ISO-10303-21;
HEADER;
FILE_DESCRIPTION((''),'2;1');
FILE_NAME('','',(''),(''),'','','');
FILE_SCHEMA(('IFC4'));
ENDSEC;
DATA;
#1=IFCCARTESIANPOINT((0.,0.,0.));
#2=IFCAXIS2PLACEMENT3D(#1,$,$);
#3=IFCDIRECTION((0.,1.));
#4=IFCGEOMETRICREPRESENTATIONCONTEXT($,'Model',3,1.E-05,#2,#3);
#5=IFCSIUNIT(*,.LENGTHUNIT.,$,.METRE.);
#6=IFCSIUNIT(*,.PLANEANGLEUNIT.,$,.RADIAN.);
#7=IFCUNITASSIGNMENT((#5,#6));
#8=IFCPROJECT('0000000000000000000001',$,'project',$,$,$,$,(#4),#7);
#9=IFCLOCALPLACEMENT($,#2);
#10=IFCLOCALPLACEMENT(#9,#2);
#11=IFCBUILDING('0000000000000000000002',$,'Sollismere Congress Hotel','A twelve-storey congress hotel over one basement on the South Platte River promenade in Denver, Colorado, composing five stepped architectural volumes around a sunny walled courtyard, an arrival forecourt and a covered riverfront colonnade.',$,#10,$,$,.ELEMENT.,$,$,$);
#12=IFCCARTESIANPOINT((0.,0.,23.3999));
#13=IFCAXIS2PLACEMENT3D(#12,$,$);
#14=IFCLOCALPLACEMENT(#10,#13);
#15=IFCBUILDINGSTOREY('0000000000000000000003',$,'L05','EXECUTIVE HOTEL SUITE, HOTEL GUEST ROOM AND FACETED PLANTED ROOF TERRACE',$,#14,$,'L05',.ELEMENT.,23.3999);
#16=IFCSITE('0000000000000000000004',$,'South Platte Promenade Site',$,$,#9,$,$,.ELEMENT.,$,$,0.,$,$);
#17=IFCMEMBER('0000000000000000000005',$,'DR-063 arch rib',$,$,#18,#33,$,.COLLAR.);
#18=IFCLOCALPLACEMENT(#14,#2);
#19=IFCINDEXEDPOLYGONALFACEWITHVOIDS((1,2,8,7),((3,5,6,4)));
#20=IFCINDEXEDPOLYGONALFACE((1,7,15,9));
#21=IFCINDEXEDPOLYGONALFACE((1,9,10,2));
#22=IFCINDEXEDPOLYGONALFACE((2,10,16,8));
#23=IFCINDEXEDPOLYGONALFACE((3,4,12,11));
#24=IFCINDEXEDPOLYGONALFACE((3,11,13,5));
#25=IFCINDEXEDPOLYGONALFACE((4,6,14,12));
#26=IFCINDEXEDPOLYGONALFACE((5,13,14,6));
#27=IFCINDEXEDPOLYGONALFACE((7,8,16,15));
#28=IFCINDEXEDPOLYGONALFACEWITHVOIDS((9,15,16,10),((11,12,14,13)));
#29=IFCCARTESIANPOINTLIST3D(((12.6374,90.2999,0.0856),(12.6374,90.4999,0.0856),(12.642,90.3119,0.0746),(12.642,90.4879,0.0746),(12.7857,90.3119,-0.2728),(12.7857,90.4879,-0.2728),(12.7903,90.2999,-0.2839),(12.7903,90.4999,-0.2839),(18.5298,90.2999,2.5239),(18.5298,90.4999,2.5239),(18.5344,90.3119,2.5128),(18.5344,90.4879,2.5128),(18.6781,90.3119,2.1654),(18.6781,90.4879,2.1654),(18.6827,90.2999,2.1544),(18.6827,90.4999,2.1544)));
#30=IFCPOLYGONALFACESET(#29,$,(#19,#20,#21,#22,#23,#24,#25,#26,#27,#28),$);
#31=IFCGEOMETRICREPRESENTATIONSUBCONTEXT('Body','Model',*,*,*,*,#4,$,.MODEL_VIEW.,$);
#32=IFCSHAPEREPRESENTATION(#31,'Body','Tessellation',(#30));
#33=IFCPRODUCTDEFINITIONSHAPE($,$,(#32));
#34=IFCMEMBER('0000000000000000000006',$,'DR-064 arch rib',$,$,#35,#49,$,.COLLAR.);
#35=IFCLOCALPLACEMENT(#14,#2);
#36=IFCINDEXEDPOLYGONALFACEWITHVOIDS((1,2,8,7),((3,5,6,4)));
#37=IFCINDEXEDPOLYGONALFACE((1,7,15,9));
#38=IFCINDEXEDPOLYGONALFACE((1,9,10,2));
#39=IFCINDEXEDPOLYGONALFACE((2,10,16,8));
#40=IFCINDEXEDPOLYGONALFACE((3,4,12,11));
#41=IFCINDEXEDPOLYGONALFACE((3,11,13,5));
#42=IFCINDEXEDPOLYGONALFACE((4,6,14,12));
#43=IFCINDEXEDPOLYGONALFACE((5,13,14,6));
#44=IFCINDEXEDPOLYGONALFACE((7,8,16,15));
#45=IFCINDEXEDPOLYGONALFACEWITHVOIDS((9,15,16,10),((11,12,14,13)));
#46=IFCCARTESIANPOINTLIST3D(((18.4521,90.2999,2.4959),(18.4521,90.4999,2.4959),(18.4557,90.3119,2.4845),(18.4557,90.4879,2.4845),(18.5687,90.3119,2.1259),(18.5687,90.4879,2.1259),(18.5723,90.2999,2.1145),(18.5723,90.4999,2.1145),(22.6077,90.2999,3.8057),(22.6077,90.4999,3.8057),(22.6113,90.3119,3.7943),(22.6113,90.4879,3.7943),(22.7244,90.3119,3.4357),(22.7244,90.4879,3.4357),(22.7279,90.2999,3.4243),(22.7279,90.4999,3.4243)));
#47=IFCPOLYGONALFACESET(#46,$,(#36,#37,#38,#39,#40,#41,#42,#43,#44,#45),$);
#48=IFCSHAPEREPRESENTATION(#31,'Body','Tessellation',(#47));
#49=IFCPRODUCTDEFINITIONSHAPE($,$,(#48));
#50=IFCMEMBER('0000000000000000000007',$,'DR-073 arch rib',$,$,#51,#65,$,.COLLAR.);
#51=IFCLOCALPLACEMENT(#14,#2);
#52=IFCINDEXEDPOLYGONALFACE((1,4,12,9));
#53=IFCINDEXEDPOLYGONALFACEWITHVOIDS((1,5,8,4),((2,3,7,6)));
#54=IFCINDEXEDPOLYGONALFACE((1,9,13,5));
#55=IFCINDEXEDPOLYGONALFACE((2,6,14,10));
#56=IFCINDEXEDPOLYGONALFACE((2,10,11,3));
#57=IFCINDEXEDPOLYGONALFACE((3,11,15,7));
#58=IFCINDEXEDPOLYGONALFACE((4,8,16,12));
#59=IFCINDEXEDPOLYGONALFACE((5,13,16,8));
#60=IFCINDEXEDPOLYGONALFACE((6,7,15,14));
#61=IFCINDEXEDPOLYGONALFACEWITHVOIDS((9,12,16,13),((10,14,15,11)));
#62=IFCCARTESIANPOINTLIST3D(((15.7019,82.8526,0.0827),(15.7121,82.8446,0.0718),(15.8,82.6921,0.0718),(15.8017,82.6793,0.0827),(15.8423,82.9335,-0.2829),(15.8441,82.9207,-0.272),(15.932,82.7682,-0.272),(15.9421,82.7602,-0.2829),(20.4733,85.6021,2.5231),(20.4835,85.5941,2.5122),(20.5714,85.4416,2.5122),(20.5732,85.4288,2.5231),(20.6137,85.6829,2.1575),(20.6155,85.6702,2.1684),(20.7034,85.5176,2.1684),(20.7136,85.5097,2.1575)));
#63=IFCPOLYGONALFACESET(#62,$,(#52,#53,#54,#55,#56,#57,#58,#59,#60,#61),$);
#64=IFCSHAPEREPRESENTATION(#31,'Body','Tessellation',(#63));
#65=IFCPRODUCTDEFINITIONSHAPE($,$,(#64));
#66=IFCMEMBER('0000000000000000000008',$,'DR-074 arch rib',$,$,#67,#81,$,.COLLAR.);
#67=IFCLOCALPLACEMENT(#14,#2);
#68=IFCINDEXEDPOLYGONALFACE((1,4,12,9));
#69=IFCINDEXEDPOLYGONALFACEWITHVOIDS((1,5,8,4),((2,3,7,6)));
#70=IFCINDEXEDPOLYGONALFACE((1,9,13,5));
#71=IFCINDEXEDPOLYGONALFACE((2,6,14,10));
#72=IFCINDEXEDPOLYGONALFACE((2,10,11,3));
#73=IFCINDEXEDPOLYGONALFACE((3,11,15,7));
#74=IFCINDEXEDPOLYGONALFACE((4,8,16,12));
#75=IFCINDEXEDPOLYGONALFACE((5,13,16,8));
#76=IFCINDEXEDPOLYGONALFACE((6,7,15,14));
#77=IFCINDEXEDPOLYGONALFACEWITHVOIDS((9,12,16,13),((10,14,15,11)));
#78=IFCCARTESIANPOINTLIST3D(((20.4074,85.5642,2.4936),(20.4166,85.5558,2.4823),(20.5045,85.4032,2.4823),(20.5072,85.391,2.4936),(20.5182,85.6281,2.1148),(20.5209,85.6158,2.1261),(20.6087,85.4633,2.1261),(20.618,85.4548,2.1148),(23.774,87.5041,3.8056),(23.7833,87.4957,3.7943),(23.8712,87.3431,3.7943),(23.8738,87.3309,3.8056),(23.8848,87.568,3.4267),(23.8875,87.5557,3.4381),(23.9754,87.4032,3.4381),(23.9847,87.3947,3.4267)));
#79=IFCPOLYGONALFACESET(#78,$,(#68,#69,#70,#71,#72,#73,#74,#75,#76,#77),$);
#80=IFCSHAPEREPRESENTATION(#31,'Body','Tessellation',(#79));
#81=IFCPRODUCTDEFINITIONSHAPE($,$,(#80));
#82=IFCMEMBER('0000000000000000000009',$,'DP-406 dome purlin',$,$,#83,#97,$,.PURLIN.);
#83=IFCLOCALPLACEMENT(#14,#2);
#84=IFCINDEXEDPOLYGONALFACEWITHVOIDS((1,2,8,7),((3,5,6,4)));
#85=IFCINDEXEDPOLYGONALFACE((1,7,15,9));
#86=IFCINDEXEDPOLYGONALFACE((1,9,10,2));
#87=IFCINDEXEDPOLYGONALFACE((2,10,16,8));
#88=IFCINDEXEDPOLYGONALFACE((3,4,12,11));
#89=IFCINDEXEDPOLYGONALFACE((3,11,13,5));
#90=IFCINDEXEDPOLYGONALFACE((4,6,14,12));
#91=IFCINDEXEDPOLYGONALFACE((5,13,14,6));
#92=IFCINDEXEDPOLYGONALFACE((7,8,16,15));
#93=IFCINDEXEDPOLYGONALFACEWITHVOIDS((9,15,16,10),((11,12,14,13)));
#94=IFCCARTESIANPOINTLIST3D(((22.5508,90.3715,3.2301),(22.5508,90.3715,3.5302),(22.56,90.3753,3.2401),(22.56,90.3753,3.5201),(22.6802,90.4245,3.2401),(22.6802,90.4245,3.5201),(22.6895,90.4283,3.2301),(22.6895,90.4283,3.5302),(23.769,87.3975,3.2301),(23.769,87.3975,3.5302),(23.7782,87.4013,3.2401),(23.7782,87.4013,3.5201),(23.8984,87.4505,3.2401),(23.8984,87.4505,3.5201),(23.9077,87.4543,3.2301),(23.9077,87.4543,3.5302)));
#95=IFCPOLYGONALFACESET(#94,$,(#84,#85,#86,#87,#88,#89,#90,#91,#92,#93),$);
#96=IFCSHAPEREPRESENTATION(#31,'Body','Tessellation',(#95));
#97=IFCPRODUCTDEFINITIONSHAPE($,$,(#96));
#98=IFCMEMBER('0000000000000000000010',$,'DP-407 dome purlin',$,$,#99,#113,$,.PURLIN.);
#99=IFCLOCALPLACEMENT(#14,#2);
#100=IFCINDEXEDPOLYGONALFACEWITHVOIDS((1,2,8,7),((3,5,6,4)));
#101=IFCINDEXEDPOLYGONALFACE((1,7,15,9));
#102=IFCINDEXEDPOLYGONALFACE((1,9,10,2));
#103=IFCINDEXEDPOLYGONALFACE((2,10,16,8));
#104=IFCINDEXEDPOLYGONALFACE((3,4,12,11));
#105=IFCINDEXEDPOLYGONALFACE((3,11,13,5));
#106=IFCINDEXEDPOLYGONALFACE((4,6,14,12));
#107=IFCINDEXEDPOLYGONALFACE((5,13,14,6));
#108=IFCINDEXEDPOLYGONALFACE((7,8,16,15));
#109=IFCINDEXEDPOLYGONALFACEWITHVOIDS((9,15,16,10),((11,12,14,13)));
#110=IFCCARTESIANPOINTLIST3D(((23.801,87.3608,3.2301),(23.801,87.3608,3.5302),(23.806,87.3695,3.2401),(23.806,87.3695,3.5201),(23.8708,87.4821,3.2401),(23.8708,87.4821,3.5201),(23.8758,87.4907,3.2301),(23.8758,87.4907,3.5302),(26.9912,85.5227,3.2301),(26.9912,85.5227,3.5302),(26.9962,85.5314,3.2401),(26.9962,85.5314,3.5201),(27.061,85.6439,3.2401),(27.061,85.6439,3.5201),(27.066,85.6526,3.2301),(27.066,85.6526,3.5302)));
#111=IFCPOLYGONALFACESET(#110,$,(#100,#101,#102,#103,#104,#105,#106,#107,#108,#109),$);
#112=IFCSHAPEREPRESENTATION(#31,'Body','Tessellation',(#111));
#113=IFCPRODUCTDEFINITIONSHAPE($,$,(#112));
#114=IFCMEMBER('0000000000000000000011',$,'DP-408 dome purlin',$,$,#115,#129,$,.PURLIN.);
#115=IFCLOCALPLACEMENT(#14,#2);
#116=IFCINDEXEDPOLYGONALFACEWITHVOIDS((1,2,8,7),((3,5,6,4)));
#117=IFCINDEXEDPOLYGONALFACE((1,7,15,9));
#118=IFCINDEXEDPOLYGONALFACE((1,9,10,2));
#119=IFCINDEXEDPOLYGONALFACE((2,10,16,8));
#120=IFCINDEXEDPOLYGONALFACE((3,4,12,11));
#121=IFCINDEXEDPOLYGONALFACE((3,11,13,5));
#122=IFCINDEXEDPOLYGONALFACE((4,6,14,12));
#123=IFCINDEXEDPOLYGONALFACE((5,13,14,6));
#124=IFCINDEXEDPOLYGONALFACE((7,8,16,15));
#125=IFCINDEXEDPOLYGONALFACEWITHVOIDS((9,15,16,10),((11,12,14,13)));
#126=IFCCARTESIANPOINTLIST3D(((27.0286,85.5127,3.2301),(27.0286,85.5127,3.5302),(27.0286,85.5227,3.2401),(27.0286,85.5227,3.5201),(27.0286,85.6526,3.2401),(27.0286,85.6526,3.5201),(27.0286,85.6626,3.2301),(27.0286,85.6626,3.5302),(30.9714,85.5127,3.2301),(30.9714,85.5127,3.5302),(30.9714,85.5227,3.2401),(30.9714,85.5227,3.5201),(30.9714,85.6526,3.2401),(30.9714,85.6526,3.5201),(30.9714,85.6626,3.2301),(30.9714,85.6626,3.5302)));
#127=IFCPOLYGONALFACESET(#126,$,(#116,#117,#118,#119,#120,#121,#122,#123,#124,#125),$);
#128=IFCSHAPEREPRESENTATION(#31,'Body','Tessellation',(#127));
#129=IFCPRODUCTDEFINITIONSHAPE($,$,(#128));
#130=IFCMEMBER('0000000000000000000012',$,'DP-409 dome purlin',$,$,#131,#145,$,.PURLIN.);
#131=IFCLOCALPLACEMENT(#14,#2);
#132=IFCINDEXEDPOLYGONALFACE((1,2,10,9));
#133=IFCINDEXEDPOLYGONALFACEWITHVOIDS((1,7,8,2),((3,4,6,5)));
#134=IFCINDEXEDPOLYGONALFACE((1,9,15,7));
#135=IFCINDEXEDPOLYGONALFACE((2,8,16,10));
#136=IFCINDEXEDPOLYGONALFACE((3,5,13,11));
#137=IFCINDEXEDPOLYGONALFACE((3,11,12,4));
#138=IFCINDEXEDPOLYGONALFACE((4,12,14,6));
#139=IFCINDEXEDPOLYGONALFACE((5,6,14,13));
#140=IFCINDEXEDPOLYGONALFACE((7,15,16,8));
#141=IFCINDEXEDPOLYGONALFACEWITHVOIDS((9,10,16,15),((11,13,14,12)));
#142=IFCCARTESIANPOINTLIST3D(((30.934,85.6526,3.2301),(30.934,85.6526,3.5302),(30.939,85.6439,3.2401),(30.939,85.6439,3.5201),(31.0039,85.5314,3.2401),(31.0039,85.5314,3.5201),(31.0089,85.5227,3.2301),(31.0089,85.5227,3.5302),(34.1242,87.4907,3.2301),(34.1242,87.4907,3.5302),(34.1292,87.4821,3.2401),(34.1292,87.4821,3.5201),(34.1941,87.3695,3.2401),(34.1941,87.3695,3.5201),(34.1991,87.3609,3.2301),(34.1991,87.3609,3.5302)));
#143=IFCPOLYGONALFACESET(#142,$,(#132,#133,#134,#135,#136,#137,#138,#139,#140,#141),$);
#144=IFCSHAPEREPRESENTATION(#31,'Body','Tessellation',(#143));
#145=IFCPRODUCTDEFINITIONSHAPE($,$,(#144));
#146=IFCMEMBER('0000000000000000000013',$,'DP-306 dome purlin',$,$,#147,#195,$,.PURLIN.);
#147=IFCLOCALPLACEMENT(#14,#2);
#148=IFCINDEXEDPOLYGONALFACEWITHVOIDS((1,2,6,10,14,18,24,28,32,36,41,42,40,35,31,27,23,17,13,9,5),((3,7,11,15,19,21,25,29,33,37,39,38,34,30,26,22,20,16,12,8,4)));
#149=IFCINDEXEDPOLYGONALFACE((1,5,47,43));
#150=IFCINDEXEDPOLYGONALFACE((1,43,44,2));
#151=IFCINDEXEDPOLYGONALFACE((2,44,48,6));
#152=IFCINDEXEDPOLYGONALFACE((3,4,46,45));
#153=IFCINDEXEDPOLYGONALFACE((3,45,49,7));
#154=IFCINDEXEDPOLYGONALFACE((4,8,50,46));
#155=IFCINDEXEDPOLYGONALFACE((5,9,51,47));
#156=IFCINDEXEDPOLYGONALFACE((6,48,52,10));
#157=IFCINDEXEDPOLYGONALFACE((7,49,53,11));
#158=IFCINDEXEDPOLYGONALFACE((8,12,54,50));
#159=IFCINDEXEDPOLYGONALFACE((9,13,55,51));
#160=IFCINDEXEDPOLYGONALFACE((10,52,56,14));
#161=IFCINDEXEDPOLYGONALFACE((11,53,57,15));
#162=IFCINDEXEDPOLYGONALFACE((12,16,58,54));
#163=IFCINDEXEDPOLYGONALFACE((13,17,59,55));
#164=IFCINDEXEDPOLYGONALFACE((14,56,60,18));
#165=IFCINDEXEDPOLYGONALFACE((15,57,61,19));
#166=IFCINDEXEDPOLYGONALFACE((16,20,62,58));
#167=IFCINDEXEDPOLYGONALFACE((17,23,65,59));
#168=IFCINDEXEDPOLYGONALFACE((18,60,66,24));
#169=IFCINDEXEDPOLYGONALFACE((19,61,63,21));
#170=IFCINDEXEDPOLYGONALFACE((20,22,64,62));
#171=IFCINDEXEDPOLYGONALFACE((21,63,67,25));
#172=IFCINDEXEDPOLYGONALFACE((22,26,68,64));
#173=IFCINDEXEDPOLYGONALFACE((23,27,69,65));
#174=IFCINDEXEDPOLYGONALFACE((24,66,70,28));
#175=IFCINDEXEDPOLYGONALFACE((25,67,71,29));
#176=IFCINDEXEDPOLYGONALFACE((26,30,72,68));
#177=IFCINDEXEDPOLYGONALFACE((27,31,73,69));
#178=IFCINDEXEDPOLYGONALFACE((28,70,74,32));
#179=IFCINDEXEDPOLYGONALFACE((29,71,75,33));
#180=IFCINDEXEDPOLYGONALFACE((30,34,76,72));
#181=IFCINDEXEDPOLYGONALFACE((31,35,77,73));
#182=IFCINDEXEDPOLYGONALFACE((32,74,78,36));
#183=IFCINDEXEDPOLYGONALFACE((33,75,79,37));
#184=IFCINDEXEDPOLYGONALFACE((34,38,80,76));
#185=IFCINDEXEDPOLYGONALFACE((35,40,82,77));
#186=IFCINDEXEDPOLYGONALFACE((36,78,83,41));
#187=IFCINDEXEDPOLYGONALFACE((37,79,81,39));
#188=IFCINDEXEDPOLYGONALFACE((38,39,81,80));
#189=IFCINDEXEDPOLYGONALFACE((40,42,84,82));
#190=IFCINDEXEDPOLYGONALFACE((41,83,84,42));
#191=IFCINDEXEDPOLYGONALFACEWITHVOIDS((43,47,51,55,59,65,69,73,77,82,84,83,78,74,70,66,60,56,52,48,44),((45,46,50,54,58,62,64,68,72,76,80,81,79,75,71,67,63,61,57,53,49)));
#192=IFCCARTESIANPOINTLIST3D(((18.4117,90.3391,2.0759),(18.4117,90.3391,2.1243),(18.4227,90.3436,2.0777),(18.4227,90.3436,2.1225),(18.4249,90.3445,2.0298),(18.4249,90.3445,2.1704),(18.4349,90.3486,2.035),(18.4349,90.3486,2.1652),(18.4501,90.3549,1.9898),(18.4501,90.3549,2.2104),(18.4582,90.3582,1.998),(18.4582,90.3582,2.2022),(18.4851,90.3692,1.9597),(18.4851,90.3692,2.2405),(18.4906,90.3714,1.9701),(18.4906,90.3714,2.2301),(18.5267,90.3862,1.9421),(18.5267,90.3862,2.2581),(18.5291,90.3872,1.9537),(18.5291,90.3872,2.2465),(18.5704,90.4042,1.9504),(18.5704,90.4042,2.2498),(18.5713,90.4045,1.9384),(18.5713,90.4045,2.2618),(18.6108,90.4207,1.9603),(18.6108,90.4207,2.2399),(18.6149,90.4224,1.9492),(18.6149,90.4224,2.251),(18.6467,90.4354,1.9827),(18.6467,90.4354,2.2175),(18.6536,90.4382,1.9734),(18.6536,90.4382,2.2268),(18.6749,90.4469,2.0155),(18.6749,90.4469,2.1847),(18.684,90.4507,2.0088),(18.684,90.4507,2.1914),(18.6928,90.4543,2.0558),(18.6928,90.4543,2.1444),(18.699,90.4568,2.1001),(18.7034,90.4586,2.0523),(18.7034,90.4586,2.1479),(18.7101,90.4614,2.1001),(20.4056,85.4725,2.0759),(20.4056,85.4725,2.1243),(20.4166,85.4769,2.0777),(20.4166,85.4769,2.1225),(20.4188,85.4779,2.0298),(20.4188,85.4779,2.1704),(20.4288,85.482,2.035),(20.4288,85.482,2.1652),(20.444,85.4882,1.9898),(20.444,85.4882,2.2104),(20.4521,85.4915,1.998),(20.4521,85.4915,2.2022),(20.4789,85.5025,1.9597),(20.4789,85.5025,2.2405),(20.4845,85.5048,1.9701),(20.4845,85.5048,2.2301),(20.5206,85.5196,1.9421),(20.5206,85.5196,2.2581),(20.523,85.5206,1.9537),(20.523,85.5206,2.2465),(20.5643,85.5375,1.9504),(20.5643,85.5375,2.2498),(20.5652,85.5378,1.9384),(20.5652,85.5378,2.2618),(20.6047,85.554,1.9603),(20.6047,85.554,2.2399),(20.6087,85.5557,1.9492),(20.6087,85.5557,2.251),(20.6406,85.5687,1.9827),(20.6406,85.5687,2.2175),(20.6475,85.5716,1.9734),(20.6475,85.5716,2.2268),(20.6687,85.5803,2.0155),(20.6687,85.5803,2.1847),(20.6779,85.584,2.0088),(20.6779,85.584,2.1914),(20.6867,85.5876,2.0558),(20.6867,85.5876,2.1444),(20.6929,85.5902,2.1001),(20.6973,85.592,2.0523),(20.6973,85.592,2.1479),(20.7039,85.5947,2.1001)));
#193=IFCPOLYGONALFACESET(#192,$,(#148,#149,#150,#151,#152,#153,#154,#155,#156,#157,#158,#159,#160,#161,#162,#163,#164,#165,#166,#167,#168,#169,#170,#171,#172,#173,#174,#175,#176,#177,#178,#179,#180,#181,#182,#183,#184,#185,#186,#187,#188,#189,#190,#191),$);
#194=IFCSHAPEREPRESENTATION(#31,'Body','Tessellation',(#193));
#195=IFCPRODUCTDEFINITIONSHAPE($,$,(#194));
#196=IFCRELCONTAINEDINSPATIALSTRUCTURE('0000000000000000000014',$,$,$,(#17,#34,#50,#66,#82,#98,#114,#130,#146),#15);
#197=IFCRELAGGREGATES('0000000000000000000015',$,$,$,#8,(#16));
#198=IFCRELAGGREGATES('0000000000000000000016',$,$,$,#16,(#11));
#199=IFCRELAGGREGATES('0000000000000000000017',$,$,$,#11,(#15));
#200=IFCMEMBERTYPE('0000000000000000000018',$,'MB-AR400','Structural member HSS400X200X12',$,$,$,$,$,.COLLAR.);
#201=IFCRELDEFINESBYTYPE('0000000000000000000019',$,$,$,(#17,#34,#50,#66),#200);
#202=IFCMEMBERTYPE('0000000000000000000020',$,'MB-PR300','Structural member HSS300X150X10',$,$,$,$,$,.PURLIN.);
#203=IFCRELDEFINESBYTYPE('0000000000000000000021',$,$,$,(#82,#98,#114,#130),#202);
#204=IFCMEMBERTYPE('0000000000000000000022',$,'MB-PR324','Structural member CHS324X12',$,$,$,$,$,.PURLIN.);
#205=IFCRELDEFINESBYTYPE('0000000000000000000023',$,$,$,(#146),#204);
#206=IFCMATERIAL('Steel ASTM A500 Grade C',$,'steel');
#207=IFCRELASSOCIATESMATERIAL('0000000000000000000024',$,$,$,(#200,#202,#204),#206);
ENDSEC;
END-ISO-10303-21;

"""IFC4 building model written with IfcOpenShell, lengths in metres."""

from ifc_helpers import new_model, si_unit, direction, frame, origin, origin_2d, place, context, subcontext, project, spatial, hollow_rectangle, hollow_circle, extrude, material, material_profile, profile_set, type_object, element, save


model = new_model("IFC4")

# Units and contexts
model_context = context("Model", 3, precision=1e-05, world=origin(), true_north=direction((0.0, 1.0)))
body_context = subcontext(model_context, "Body", "Model", "MODEL_VIEW")
ifc_project = project(units=[si_unit("LENGTHUNIT", "METRE"), si_unit("PLANEANGLEUNIT", "RADIAN")], contexts=[model_context])

# Site, building, storey
site_placement = place(None, origin())
site = spatial("IfcSite", under=ifc_project, at=site_placement, Name="South Platte Promenade Site", CompositionType="ELEMENT", RefElevation=0.0)
building_placement = place(site_placement, origin())
building = spatial("IfcBuilding", under=site, at=building_placement, Name="Sollismere Congress Hotel", Description="A twelve-storey congress hotel over one basement on the South Platte River promenade in Denver, Colorado, composing five stepped architectural volumes around a sunny walled courtyard, an arrival forecourt and a covered riverfront colonnade.", CompositionType="ELEMENT")
storey_placement = place(building_placement, frame((0.0, 0.0, 23.3999)))
storey = spatial("IfcBuildingStorey", under=building, at=storey_placement, Name="L05", Description="EXECUTIVE HOTEL SUITE, HOTEL GUEST ROOM AND FACETED PLANTED ROOF TERRACE", LongName="L05", CompositionType="ELEMENT", Elevation=23.3999)

# Members
ifc_material_1 = material(Name="Steel ASTM A500 Grade C", Category="steel")
ifc_material_profile_1 = material_profile(ifc_material_1, hollow_rectangle(XDim=0.2, YDim=0.3999, WallThickness=0.012, at=origin_2d()), Name="HSS400X200X12")
ifc_profile_set_1 = profile_set([ifc_material_profile_1], Name="Steel ASTM A500 Grade C")
member_type_1 = type_object("IfcMemberType", Name="MB-AR400", Description="Structural member HSS400X200X12", PredefinedType="COLLAR", material=ifc_profile_set_1)
member_1_placement = place(storey_placement, frame((12.7139, 90.3999, -0.0991), z_axis=(0.924015, 0.0, 0.382355), x_axis=(0.0, 1.0, 0.0)))
element("IfcMember", 1, at=member_1_placement, inside=storey, type_object=member_type_1, Name="DR-063 arch rib", PredefinedType="COLLAR", context=body_context, shape_type="SweptSolid", body=[
    extrude(hollow_rectangle(XDim=0.2, YDim=0.3999, WallThickness=0.012, at=origin_2d()), origin(), (0.0, 0.0, 1.0), 6.377),
])
member_2_placement = place(storey_placement, frame((18.5122, 90.3999, 2.3052), z_axis=(0.953744, 0.0, 0.300619), x_axis=(0.0, 1.0, 0.0)))
element("IfcMember", 2, at=member_2_placement, inside=storey, type_object=member_type_1, Name="DR-064 arch rib", PredefinedType="COLLAR", context=body_context, shape_type="SweptSolid", body=[
    extrude(hollow_rectangle(XDim=0.2, YDim=0.3999, WallThickness=0.012, at=origin_2d()), origin(), (0.0, 0.0, 1.0), 4.3572),
])
member_3_placement = place(storey_placement, frame((15.822, 82.8064, -0.1001), z_axis=(0.792145, 0.456464, 0.405151), x_axis=(-0.499277, 0.866442, 0.0)))
element("IfcMember", 3, at=member_3_placement, inside=storey, type_object=member_type_1, Name="DR-073 arch rib", PredefinedType="COLLAR", context=body_context, shape_type="SweptSolid", body=[
    extrude(hollow_rectangle(XDim=0.2, YDim=0.3999, WallThickness=0.012, at=origin_2d()), origin(), (0.0, 0.0, 1.0), 6.0234),
])
member_4_placement = place(storey_placement, frame((20.5127, 85.5095, 2.3042), z_axis=(0.820916, 0.473024, 0.319913), x_axis=(-0.499262, 0.866451, 0.0)))
element("IfcMember", 4, at=member_4_placement, inside=storey, type_object=member_type_1, Name="DR-074 arch rib", PredefinedType="COLLAR", context=body_context, shape_type="SweptSolid", body=[
    extrude(hollow_rectangle(XDim=0.2, YDim=0.3999, WallThickness=0.012, at=origin_2d()), origin(), (0.0, 0.0, 1.0), 4.1011),
])
ifc_material_profile_2 = material_profile(ifc_material_1, hollow_rectangle(XDim=0.1499, YDim=0.3, WallThickness=0.01, at=origin_2d()), Name="HSS300X150X10")
ifc_profile_set_2 = profile_set([ifc_material_profile_2], Name="Steel ASTM A500 Grade C")
member_type_2 = type_object("IfcMemberType", Name="MB-PR300", Description="Structural member HSS300X150X10", PredefinedType="PURLIN", material=ifc_profile_set_2)
member_5_placement = place(storey_placement, frame((22.6201, 90.3999, 3.3801), z_axis=(0.379053, -0.925375, 0.0), x_axis=(0.925375, 0.379053, 0.0)))
element("IfcMember", 5, at=member_5_placement, inside=storey, type_object=member_type_2, Name="DP-406 dome purlin", PredefinedType="PURLIN", context=body_context, shape_type="SweptSolid", body=[
    extrude(hollow_rectangle(XDim=0.1499, YDim=0.3, WallThickness=0.01, at=origin_2d()), origin(), (0.0, 0.0, 1.0), 3.2139),
])
member_6_placement = place(storey_placement, frame((23.8384, 87.4258, 3.3801), z_axis=(0.866463, -0.499242, 0.0), x_axis=(0.499242, 0.866463, 0.0)))
element("IfcMember", 6, at=member_6_placement, inside=storey, type_object=member_type_2, Name="DP-407 dome purlin", PredefinedType="PURLIN", context=body_context, shape_type="SweptSolid", body=[
    extrude(hollow_rectangle(XDim=0.1499, YDim=0.3, WallThickness=0.01, at=origin_2d()), origin(), (0.0, 0.0, 1.0), 3.6819),
])
member_7_placement = place(storey_placement, frame((27.0286, 85.5876, 3.3801), z_axis=(1.0, 0.0, 0.0), x_axis=(0.0, 1.0, 0.0)))
element("IfcMember", 7, at=member_7_placement, inside=storey, type_object=member_type_2, Name="DP-408 dome purlin", PredefinedType="PURLIN", context=body_context, shape_type="SweptSolid", body=[
    extrude(hollow_rectangle(XDim=0.1499, YDim=0.3, WallThickness=0.01, at=origin_2d()), origin(), (0.0, 0.0, 1.0), 3.9429),
])
member_8_placement = place(storey_placement, frame((30.9714, 85.5876, 3.3801), z_axis=(0.866463, 0.499242, 0.0), x_axis=(-0.499242, 0.866463, 0.0)))
element("IfcMember", 8, at=member_8_placement, inside=storey, type_object=member_type_2, Name="DP-409 dome purlin", PredefinedType="PURLIN", context=body_context, shape_type="SweptSolid", body=[
    extrude(hollow_rectangle(XDim=0.1499, YDim=0.3, WallThickness=0.01, at=origin_2d()), origin(), (0.0, 0.0, 1.0), 3.6819),
])
ifc_material_profile_3 = material_profile(ifc_material_1, hollow_circle(Radius=0.1621, WallThickness=0.012, at=origin_2d()), Name="CHS324X12")
ifc_profile_set_3 = profile_set([ifc_material_profile_3], Name="Steel ASTM A500 Grade C")
member_type_3 = type_object("IfcMemberType", Name="MB-PR324", Description="Structural member CHS324X12", PredefinedType="PURLIN", material=ifc_profile_set_3)
member_9_placement = place(storey_placement, frame((18.5601, 90.3999, 2.1001), z_axis=(0.379117, -0.925349, 0.0), x_axis=(0.925349, 0.379117, 0.0)))
element("IfcMember", 9, at=member_9_placement, inside=storey, type_object=member_type_3, Name="DP-306 dome purlin", PredefinedType="PURLIN", context=body_context, shape_type="SweptSolid", body=[
    extrude(hollow_circle(Radius=0.1621, WallThickness=0.012, at=origin_2d()), origin(), (0.0, 0.0, 1.0), 5.2593),
])

save(model, "model.ifc")
